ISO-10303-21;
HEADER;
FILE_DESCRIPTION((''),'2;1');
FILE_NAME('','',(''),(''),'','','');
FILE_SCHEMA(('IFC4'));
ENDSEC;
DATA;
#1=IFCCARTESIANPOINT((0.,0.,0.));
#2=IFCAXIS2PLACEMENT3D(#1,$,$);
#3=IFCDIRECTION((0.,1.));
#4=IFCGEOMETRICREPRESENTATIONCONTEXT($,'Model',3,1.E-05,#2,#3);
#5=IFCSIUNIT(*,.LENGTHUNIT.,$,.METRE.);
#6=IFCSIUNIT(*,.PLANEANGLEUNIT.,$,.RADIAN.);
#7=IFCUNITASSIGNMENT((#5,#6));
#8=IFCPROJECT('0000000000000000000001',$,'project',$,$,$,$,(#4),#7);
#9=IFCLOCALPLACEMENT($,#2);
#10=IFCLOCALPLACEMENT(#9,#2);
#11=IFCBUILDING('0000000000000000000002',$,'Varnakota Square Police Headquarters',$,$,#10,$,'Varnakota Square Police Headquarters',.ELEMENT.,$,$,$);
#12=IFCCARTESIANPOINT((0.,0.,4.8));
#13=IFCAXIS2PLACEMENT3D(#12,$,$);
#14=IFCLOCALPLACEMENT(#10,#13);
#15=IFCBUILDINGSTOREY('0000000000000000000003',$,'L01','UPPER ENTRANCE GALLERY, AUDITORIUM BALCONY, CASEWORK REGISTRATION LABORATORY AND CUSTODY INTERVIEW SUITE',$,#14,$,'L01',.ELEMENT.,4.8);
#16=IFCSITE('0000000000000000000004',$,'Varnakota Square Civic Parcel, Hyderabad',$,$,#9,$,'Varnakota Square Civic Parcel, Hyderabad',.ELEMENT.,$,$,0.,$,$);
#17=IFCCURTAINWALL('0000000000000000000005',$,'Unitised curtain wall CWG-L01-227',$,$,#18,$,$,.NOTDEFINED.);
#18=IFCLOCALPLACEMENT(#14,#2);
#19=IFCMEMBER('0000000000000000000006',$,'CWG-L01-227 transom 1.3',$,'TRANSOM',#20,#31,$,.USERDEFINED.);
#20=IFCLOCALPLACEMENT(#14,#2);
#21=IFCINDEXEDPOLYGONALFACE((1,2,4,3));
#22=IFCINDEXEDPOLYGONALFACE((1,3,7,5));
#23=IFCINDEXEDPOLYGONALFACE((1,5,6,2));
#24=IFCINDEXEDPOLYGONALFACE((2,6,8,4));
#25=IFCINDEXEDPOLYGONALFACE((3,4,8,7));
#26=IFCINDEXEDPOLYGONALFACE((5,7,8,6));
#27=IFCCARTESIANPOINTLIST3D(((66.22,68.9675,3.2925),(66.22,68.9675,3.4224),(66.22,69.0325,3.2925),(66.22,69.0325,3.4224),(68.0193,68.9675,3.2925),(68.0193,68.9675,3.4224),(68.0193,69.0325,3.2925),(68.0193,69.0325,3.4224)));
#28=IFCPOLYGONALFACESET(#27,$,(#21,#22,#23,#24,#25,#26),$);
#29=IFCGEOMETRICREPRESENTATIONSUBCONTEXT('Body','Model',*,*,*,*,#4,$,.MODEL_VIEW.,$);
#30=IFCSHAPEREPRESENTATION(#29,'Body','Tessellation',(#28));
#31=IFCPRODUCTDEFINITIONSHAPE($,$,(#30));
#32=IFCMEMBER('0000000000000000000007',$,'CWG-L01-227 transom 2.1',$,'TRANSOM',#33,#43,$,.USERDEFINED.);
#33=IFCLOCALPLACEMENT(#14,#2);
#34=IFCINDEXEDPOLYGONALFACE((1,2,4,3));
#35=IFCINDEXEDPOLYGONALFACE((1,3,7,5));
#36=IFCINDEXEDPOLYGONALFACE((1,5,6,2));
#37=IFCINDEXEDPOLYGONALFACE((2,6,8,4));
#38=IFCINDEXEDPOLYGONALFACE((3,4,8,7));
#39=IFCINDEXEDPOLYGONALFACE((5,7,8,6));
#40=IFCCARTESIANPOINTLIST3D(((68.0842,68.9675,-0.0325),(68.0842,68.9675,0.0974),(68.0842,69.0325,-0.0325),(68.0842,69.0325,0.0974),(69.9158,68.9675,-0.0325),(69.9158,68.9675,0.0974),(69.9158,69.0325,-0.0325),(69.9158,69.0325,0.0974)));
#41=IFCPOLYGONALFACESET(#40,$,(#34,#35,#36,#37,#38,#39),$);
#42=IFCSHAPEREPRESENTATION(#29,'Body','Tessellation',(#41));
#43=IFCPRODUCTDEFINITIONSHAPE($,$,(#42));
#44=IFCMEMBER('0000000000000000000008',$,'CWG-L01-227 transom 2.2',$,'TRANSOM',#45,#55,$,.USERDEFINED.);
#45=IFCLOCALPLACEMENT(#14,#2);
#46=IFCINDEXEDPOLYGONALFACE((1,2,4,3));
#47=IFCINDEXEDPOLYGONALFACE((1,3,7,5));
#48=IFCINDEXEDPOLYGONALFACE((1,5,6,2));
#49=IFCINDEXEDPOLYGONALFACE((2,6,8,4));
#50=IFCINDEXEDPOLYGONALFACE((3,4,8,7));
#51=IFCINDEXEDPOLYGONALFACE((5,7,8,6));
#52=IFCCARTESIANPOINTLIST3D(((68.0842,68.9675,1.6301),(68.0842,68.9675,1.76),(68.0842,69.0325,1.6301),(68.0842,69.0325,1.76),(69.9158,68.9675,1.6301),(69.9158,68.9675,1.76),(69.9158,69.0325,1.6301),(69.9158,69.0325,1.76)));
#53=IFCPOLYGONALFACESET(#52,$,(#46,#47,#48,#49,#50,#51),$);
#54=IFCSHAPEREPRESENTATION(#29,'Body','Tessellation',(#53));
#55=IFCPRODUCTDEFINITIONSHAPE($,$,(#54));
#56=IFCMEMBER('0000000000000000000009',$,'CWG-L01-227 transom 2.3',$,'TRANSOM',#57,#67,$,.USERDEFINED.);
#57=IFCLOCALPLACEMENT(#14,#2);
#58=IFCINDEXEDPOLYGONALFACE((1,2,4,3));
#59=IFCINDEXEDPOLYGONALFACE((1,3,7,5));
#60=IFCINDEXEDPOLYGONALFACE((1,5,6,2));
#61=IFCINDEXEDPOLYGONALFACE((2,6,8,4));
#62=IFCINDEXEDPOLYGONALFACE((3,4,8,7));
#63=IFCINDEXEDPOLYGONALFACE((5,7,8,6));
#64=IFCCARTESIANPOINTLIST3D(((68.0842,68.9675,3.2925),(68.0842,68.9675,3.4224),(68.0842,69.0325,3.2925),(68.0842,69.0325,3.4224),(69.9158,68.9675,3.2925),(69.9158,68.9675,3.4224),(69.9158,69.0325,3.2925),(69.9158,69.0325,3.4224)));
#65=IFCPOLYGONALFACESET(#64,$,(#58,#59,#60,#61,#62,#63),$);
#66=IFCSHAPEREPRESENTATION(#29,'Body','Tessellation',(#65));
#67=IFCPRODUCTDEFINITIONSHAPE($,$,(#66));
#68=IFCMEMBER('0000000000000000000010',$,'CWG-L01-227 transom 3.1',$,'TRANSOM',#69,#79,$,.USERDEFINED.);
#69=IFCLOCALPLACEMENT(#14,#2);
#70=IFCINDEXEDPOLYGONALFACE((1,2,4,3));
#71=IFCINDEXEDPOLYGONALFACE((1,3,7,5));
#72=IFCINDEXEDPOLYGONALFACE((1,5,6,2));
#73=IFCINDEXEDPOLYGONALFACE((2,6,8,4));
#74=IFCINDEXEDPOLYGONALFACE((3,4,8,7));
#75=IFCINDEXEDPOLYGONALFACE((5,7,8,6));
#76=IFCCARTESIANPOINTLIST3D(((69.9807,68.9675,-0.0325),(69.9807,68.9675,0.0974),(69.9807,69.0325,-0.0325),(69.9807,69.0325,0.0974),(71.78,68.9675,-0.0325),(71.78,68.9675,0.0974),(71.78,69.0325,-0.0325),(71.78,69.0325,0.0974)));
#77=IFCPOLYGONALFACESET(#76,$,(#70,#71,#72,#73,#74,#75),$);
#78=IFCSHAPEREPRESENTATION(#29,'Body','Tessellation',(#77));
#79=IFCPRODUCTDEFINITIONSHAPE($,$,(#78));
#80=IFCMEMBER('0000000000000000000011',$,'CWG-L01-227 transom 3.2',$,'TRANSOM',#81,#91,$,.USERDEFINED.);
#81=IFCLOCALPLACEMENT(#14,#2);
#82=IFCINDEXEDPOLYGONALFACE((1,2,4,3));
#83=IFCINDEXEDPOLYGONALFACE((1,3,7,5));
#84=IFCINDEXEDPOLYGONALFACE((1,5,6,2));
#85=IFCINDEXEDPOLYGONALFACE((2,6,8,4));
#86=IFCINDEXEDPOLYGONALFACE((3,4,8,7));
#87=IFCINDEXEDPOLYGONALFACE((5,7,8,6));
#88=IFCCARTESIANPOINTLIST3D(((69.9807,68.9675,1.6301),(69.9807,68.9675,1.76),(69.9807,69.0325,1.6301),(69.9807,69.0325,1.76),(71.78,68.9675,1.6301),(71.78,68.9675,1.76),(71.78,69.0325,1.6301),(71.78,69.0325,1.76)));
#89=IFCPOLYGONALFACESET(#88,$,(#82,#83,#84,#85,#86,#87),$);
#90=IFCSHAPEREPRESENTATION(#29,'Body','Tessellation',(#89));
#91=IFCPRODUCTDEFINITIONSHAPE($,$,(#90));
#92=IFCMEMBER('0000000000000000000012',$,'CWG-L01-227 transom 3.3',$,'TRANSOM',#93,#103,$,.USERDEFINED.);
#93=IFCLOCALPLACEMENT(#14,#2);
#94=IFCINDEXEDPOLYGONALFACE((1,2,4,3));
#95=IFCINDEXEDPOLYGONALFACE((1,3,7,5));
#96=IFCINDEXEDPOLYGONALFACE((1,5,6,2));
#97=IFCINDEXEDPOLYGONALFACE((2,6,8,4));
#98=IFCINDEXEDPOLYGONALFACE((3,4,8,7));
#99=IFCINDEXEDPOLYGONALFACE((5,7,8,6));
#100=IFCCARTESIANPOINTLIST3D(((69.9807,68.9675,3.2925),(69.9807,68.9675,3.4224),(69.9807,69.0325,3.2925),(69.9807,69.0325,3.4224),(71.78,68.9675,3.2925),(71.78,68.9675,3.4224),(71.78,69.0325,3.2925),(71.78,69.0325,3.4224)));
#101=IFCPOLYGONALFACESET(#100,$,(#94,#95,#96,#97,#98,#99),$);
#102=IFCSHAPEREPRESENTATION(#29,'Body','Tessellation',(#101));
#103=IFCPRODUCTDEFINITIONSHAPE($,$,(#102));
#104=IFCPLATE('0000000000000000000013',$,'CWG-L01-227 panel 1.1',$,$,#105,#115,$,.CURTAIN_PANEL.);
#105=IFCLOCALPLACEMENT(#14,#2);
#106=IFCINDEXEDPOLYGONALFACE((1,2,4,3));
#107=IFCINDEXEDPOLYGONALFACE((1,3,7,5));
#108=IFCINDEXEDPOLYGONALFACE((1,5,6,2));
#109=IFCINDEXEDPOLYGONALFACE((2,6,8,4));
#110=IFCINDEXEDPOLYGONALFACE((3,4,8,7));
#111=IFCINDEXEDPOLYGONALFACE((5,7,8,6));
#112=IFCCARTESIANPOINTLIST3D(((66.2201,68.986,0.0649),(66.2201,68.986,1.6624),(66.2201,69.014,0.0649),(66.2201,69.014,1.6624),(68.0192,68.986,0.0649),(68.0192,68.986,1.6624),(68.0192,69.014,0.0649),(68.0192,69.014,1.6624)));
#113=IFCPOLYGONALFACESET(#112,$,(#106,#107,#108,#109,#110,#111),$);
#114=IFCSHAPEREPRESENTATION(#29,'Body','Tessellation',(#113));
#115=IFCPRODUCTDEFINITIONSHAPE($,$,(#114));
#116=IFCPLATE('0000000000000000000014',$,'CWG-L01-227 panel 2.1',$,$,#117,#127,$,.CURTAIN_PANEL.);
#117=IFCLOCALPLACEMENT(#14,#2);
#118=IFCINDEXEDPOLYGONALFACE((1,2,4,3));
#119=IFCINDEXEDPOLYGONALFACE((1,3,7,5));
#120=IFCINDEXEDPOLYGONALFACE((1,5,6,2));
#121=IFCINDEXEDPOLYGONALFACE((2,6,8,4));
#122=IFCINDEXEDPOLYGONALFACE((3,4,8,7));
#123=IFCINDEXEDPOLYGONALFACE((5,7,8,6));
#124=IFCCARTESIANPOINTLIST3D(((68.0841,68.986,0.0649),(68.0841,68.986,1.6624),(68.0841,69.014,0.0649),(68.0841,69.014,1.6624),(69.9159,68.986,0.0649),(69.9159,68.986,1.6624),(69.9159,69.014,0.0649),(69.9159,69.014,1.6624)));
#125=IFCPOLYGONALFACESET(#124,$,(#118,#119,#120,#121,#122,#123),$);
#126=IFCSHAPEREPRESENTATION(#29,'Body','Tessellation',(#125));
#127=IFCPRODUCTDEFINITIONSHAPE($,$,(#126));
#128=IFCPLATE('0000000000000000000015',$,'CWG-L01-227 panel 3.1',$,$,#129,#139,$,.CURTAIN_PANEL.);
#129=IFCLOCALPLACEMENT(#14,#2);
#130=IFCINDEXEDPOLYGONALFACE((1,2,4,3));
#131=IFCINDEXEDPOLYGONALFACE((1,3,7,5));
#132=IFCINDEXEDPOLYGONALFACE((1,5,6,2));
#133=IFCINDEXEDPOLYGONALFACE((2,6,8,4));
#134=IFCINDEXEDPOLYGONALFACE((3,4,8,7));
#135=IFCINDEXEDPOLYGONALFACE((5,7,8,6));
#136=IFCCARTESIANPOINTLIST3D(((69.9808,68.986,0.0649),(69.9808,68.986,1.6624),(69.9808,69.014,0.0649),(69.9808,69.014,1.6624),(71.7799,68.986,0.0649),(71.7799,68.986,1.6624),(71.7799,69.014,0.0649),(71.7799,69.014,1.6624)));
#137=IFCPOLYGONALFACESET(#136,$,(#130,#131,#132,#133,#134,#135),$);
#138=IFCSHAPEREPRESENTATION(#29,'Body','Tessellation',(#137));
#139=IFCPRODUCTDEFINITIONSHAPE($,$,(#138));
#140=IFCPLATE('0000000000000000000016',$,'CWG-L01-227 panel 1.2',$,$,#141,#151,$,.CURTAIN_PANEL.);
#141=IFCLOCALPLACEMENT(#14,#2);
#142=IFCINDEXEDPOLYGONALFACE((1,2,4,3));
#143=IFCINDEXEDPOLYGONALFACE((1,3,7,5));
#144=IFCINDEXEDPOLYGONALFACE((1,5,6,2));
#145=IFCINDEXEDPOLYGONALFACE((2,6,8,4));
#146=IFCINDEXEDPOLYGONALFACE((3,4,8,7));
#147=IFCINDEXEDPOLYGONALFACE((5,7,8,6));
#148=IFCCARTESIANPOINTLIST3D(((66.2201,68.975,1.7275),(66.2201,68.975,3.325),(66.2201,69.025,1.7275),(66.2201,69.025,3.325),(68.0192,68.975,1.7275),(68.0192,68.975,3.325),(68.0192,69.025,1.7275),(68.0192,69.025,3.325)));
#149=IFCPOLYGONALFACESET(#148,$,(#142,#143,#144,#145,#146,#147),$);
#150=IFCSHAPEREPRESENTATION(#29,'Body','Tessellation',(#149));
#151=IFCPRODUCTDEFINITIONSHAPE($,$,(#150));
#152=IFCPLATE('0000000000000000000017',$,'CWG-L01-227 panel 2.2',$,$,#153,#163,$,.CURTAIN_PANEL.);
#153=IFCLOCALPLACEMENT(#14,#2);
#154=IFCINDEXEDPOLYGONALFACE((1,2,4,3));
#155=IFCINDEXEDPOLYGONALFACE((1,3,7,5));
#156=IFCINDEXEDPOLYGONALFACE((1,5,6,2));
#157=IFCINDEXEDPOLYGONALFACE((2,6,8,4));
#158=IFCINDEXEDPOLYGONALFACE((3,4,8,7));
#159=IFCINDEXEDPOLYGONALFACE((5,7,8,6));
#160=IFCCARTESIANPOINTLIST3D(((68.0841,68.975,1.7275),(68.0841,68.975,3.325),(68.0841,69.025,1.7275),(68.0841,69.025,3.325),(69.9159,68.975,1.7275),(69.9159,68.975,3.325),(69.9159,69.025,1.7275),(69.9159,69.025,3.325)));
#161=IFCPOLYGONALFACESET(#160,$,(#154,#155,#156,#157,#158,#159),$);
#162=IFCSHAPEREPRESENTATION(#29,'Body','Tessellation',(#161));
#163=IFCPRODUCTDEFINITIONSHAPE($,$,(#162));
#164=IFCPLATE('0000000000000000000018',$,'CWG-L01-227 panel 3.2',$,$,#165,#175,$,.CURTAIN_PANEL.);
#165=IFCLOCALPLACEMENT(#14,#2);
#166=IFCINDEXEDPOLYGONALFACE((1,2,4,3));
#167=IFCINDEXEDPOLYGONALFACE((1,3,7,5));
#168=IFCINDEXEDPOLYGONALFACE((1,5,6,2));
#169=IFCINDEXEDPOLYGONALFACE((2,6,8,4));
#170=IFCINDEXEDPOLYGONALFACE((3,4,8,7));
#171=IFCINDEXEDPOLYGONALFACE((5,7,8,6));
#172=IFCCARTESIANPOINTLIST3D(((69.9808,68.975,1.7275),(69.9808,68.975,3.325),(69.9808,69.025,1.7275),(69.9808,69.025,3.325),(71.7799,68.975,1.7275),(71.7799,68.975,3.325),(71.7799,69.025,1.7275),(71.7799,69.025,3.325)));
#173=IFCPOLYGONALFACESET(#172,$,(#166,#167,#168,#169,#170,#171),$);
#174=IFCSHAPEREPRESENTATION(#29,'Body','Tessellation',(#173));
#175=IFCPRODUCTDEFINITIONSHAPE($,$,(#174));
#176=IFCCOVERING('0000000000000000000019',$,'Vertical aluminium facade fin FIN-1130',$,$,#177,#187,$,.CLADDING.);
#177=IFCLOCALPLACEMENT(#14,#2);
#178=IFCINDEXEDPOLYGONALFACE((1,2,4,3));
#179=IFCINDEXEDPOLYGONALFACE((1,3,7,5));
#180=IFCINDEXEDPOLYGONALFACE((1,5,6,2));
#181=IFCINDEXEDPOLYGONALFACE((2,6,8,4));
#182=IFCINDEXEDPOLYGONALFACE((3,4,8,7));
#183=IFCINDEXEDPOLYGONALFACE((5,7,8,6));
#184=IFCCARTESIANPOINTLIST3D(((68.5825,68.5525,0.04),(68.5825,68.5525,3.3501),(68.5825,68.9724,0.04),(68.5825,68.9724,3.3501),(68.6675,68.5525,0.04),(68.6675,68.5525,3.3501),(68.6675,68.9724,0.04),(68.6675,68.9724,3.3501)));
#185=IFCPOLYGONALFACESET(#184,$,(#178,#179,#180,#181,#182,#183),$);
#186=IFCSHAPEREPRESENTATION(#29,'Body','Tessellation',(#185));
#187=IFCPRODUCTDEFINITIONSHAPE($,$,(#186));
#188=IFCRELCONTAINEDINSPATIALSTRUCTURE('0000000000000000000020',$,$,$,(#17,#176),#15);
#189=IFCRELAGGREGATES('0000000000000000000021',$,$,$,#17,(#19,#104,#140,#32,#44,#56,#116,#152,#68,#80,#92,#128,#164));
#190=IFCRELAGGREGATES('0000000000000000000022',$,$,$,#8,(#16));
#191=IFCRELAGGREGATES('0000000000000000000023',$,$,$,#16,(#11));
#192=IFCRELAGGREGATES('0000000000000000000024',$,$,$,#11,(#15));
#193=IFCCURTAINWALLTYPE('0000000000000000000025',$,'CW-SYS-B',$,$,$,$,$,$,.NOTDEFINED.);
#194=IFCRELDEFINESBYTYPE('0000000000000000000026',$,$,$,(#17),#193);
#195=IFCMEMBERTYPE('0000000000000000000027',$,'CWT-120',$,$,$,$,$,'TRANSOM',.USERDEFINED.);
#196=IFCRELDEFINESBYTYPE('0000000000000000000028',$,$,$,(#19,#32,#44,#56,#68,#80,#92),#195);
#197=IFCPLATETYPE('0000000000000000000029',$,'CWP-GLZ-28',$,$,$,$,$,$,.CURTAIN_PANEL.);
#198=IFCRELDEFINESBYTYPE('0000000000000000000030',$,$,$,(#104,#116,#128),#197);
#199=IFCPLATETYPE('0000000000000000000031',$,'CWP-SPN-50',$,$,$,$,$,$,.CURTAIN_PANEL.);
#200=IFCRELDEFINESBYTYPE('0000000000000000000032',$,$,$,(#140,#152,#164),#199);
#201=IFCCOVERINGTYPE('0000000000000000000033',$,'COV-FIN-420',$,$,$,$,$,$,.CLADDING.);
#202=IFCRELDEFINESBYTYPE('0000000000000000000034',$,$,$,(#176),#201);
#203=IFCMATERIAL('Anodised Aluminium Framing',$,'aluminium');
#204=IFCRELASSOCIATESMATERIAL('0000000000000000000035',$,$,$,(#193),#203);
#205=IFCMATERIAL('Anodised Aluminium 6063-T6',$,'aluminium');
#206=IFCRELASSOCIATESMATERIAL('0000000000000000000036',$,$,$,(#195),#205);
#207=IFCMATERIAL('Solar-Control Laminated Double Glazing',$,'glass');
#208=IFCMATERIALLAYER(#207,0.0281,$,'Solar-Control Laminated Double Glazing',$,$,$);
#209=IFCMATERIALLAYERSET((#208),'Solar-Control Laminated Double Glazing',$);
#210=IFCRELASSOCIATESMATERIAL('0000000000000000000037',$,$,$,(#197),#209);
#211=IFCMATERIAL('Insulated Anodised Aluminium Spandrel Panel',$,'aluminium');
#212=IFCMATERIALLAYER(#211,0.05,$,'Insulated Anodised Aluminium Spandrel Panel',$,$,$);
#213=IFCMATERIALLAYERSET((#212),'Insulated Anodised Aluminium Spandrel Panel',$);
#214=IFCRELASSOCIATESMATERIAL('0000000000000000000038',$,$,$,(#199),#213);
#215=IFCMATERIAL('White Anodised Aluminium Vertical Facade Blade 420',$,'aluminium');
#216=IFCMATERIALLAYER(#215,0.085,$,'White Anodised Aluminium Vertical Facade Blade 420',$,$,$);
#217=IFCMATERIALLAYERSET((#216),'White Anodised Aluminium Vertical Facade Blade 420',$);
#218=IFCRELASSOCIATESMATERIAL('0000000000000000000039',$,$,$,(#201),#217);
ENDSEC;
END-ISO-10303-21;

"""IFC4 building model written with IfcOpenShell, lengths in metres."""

from ifc_helpers import new_model, si_unit, direction, frame, origin, origin_2d, place, context, subcontext, project, spatial, rectangle, extrude, material, layer, layer_set, material_profile, profile_set, type_object, element, aggregate, save


model = new_model("IFC4")

# Units and contexts
model_context = context("Model", 3, precision=1e-05, world=origin(), true_north=direction((0.0, 1.0)))
body_context = subcontext(model_context, "Body", "Model", "MODEL_VIEW")
ifc_project = project(units=[si_unit("LENGTHUNIT", "METRE"), si_unit("PLANEANGLEUNIT", "RADIAN")], contexts=[model_context])

# Site, building, storey
site_placement = place(None, origin())
site = spatial("IfcSite", under=ifc_project, at=site_placement, Name="Varnakota Square Civic Parcel, Hyderabad", LongName="Varnakota Square Civic Parcel, Hyderabad", CompositionType="ELEMENT", RefElevation=0.0)
building_placement = place(site_placement, origin())
building = spatial("IfcBuilding", under=site, at=building_placement, Name="Varnakota Square Police Headquarters", LongName="Varnakota Square Police Headquarters", CompositionType="ELEMENT")
storey_placement = place(building_placement, frame((0.0, 0.0, 4.8)))
storey = spatial("IfcBuildingStorey", under=building, at=storey_placement, Name="L01", Description="UPPER ENTRANCE GALLERY, AUDITORIUM BALCONY, CASEWORK REGISTRATION LABORATORY AND CUSTODY INTERVIEW SUITE", LongName="L01", CompositionType="ELEMENT", Elevation=4.8)

# Curtain wall, members, plates
ifc_material_1 = material(Name="Anodised Aluminium Framing", Category="aluminium")
curtain_wall_type = type_object("IfcCurtainWallType", Name="CW-SYS-B", PredefinedType="NOTDEFINED", material=ifc_material_1)
curtain_wall_placement = place(storey_placement, origin())
curtain_wall = element("IfcCurtainWall", 1, at=curtain_wall_placement, inside=storey, type_object=curtain_wall_type, Name="Unitised curtain wall CWG-L01-227", PredefinedType="NOTDEFINED")
ifc_material_2 = material(Name="Anodised Aluminium 6063-T6", Category="aluminium")
ifc_material_profile_1 = material_profile(ifc_material_2, rectangle(XDim=0.0649, YDim=0.1299, at=origin_2d()), Name="ALU TRANSOM 65x130")
ifc_profile_set_1 = profile_set([ifc_material_profile_1], Name="Anodised Aluminium 6063-T6")
member_type_1 = type_object("IfcMemberType", Name="CWT-120", ElementType="TRANSOM", PredefinedType="USERDEFINED", material=ifc_profile_set_1)
member_1_placement = place(storey_placement, frame((66.22, 69.0, 3.3574), z_axis=(1.0, 0.0, 0.0), x_axis=(0.0, 1.0, 0.0)))
member_1 = element("IfcMember", 2, at=member_1_placement, type_object=member_type_1, Name="CWG-L01-227 transom 1.3", ObjectType="TRANSOM", PredefinedType="USERDEFINED", context=body_context, shape_type="SweptSolid", body=[
    extrude(rectangle(XDim=0.0649, YDim=0.1299, at=origin_2d()), origin(), (0.0, 0.0, 1.0), 1.7993),
])
member_2_placement = place(storey_placement, frame((68.0842, 69.0, 0.0325), z_axis=(1.0, 0.0, 0.0), x_axis=(0.0, 1.0, 0.0)))
member_2 = element("IfcMember", 3, at=member_2_placement, type_object=member_type_1, Name="CWG-L01-227 transom 2.1", ObjectType="TRANSOM", PredefinedType="USERDEFINED", context=body_context, shape_type="SweptSolid", body=[
    extrude(rectangle(XDim=0.0649, YDim=0.1299, at=origin_2d()), origin(), (0.0, 0.0, 1.0), 1.8315),
])
member_3_placement = place(storey_placement, frame((68.0842, 69.0, 1.6951), z_axis=(1.0, 0.0, 0.0), x_axis=(0.0, 1.0, 0.0)))
member_3 = element("IfcMember", 4, at=member_3_placement, type_object=member_type_1, Name="CWG-L01-227 transom 2.2", ObjectType="TRANSOM", PredefinedType="USERDEFINED", context=body_context, shape_type="SweptSolid", body=[
    extrude(rectangle(XDim=0.0649, YDim=0.1299, at=origin_2d()), origin(), (0.0, 0.0, 1.0), 1.8315),
])
member_4_placement = place(storey_placement, frame((68.0842, 69.0, 3.3574), z_axis=(1.0, 0.0, 0.0), x_axis=(0.0, 1.0, 0.0)))
member_4 = element("IfcMember", 5, at=member_4_placement, type_object=member_type_1, Name="CWG-L01-227 transom 2.3", ObjectType="TRANSOM", PredefinedType="USERDEFINED", context=body_context, shape_type="SweptSolid", body=[
    extrude(rectangle(XDim=0.0649, YDim=0.1299, at=origin_2d()), origin(), (0.0, 0.0, 1.0), 1.8315),
])
member_5_placement = place(storey_placement, frame((69.9807, 69.0, 0.0325), z_axis=(1.0, 0.0, 0.0), x_axis=(0.0, 1.0, 0.0)))
member_5 = element("IfcMember", 6, at=member_5_placement, type_object=member_type_1, Name="CWG-L01-227 transom 3.1", ObjectType="TRANSOM", PredefinedType="USERDEFINED", context=body_context, shape_type="SweptSolid", body=[
    extrude(rectangle(XDim=0.0649, YDim=0.1299, at=origin_2d()), origin(), (0.0, 0.0, 1.0), 1.7993),
])
member_6_placement = place(storey_placement, frame((69.9807, 69.0, 1.6951), z_axis=(1.0, 0.0, 0.0), x_axis=(0.0, 1.0, 0.0)))
member_6 = element("IfcMember", 7, at=member_6_placement, type_object=member_type_1, Name="CWG-L01-227 transom 3.2", ObjectType="TRANSOM", PredefinedType="USERDEFINED", context=body_context, shape_type="SweptSolid", body=[
    extrude(rectangle(XDim=0.0649, YDim=0.1299, at=origin_2d()), origin(), (0.0, 0.0, 1.0), 1.7993),
])
member_7_placement = place(storey_placement, frame((69.9807, 69.0, 3.3574), z_axis=(1.0, 0.0, 0.0), x_axis=(0.0, 1.0, 0.0)))
member_7 = element("IfcMember", 8, at=member_7_placement, type_object=member_type_1, Name="CWG-L01-227 transom 3.3", ObjectType="TRANSOM", PredefinedType="USERDEFINED", context=body_context, shape_type="SweptSolid", body=[
    extrude(rectangle(XDim=0.0649, YDim=0.1299, at=origin_2d()), origin(), (0.0, 0.0, 1.0), 1.7993),
])
ifc_material_3 = material(Name="Solar-Control Laminated Double Glazing", Category="glass")
ifc_layer_1 = layer(ifc_material_3, 0.0281, Name="Solar-Control Laminated Double Glazing")
ifc_layer_set_1 = layer_set([ifc_layer_1], Name="Solar-Control Laminated Double Glazing")
plate_type_1 = type_object("IfcPlateType", Name="CWP-GLZ-28", PredefinedType="CURTAIN_PANEL", material=ifc_layer_set_1)
plate_1_placement = place(storey_placement, frame((67.1196, 69.0, 0.0649), z_axis=(0.0, 0.0, 1.0), x_axis=(1.0, 0.0, 0.0)))
plate_1 = element("IfcPlate", 9, at=plate_1_placement, type_object=plate_type_1, Name="CWG-L01-227 panel 1.1", PredefinedType="CURTAIN_PANEL", context=body_context, shape_type="SweptSolid", body=[
    extrude(rectangle(XDim=1.7991, YDim=0.0281, at=origin_2d()), origin(), (0.0, 0.0, 1.0), 1.5974),
])
plate_2_placement = place(storey_placement, frame((69.0, 69.0, 0.0649), z_axis=(0.0, 0.0, 1.0), x_axis=(1.0, 0.0, 0.0)))
plate_2 = element("IfcPlate", 10, at=plate_2_placement, type_object=plate_type_1, Name="CWG-L01-227 panel 2.1", PredefinedType="CURTAIN_PANEL", context=body_context, shape_type="SweptSolid", body=[
    extrude(rectangle(XDim=1.8318, YDim=0.0281, at=origin_2d()), origin(), (0.0, 0.0, 1.0), 1.5974),
])
plate_3_placement = place(storey_placement, frame((70.8804, 69.0, 0.0649), z_axis=(0.0, 0.0, 1.0), x_axis=(1.0, 0.0, 0.0)))
plate_3 = element("IfcPlate", 11, at=plate_3_placement, type_object=plate_type_1, Name="CWG-L01-227 panel 3.1", PredefinedType="CURTAIN_PANEL", context=body_context, shape_type="SweptSolid", body=[
    extrude(rectangle(XDim=1.7991, YDim=0.0281, at=origin_2d()), origin(), (0.0, 0.0, 1.0), 1.5974),
])
ifc_material_4 = material(Name="Insulated Anodised Aluminium Spandrel Panel", Category="aluminium")
ifc_layer_2 = layer(ifc_material_4, 0.05, Name="Insulated Anodised Aluminium Spandrel Panel")
ifc_layer_set_2 = layer_set([ifc_layer_2], Name="Insulated Anodised Aluminium Spandrel Panel")
plate_type_2 = type_object("IfcPlateType", Name="CWP-SPN-50", PredefinedType="CURTAIN_PANEL", material=ifc_layer_set_2)
plate_4_placement = place(storey_placement, frame((67.1196, 69.0, 1.7275), z_axis=(0.0, 0.0, 1.0), x_axis=(1.0, 0.0, 0.0)))
plate_4 = element("IfcPlate", 12, at=plate_4_placement, type_object=plate_type_2, Name="CWG-L01-227 panel 1.2", PredefinedType="CURTAIN_PANEL", context=body_context, shape_type="SweptSolid", body=[
    extrude(rectangle(XDim=1.7991, YDim=0.05, at=origin_2d()), origin(), (0.0, 0.0, 1.0), 1.5974),
])
plate_5_placement = place(storey_placement, frame((69.0, 69.0, 1.7275), z_axis=(0.0, 0.0, 1.0), x_axis=(1.0, 0.0, 0.0)))
plate_5 = element("IfcPlate", 13, at=plate_5_placement, type_object=plate_type_2, Name="CWG-L01-227 panel 2.2", PredefinedType="CURTAIN_PANEL", context=body_context, shape_type="SweptSolid", body=[
    extrude(rectangle(XDim=1.8318, YDim=0.05, at=origin_2d()), origin(), (0.0, 0.0, 1.0), 1.5974),
])
plate_6_placement = place(storey_placement, frame((70.8804, 69.0, 1.7275), z_axis=(0.0, 0.0, 1.0), x_axis=(1.0, 0.0, 0.0)))
plate_6 = element("IfcPlate", 14, at=plate_6_placement, type_object=plate_type_2, Name="CWG-L01-227 panel 3.2", PredefinedType="CURTAIN_PANEL", context=body_context, shape_type="SweptSolid", body=[
    extrude(rectangle(XDim=1.7991, YDim=0.05, at=origin_2d()), origin(), (0.0, 0.0, 1.0), 1.5974),
])
aggregate(curtain_wall, [member_1, plate_1, plate_4, member_2, member_3, member_4, plate_2, plate_5, member_5, member_6, member_7, plate_3, plate_6])

# Covering
ifc_material_5 = material(Name="White Anodised Aluminium Vertical Facade Blade 420", Category="aluminium")
ifc_layer_3 = layer(ifc_material_5, 0.085, Name="White Anodised Aluminium Vertical Facade Blade 420")
ifc_layer_set_3 = layer_set([ifc_layer_3], Name="White Anodised Aluminium Vertical Facade Blade 420")
covering_type = type_object("IfcCoveringType", Name="COV-FIN-420", PredefinedType="CLADDING", material=ifc_layer_set_3)
covering_1_placement = place(storey_placement, frame((68.625, 68.7625, 0.04), z_axis=(0.0, 0.0, 1.0), x_axis=(1.0, 0.0, 0.0)))
element("IfcCovering", 15, at=covering_1_placement, inside=storey, type_object=covering_type, Name="Vertical aluminium facade fin FIN-1130", PredefinedType="CLADDING", context=body_context, shape_type="SweptSolid", body=[
    extrude(rectangle(XDim=0.085, YDim=0.4199, at=origin_2d()), origin(), (0.0, 0.0, 1.0), 3.3101),
])

save(model, "model.ifc")
